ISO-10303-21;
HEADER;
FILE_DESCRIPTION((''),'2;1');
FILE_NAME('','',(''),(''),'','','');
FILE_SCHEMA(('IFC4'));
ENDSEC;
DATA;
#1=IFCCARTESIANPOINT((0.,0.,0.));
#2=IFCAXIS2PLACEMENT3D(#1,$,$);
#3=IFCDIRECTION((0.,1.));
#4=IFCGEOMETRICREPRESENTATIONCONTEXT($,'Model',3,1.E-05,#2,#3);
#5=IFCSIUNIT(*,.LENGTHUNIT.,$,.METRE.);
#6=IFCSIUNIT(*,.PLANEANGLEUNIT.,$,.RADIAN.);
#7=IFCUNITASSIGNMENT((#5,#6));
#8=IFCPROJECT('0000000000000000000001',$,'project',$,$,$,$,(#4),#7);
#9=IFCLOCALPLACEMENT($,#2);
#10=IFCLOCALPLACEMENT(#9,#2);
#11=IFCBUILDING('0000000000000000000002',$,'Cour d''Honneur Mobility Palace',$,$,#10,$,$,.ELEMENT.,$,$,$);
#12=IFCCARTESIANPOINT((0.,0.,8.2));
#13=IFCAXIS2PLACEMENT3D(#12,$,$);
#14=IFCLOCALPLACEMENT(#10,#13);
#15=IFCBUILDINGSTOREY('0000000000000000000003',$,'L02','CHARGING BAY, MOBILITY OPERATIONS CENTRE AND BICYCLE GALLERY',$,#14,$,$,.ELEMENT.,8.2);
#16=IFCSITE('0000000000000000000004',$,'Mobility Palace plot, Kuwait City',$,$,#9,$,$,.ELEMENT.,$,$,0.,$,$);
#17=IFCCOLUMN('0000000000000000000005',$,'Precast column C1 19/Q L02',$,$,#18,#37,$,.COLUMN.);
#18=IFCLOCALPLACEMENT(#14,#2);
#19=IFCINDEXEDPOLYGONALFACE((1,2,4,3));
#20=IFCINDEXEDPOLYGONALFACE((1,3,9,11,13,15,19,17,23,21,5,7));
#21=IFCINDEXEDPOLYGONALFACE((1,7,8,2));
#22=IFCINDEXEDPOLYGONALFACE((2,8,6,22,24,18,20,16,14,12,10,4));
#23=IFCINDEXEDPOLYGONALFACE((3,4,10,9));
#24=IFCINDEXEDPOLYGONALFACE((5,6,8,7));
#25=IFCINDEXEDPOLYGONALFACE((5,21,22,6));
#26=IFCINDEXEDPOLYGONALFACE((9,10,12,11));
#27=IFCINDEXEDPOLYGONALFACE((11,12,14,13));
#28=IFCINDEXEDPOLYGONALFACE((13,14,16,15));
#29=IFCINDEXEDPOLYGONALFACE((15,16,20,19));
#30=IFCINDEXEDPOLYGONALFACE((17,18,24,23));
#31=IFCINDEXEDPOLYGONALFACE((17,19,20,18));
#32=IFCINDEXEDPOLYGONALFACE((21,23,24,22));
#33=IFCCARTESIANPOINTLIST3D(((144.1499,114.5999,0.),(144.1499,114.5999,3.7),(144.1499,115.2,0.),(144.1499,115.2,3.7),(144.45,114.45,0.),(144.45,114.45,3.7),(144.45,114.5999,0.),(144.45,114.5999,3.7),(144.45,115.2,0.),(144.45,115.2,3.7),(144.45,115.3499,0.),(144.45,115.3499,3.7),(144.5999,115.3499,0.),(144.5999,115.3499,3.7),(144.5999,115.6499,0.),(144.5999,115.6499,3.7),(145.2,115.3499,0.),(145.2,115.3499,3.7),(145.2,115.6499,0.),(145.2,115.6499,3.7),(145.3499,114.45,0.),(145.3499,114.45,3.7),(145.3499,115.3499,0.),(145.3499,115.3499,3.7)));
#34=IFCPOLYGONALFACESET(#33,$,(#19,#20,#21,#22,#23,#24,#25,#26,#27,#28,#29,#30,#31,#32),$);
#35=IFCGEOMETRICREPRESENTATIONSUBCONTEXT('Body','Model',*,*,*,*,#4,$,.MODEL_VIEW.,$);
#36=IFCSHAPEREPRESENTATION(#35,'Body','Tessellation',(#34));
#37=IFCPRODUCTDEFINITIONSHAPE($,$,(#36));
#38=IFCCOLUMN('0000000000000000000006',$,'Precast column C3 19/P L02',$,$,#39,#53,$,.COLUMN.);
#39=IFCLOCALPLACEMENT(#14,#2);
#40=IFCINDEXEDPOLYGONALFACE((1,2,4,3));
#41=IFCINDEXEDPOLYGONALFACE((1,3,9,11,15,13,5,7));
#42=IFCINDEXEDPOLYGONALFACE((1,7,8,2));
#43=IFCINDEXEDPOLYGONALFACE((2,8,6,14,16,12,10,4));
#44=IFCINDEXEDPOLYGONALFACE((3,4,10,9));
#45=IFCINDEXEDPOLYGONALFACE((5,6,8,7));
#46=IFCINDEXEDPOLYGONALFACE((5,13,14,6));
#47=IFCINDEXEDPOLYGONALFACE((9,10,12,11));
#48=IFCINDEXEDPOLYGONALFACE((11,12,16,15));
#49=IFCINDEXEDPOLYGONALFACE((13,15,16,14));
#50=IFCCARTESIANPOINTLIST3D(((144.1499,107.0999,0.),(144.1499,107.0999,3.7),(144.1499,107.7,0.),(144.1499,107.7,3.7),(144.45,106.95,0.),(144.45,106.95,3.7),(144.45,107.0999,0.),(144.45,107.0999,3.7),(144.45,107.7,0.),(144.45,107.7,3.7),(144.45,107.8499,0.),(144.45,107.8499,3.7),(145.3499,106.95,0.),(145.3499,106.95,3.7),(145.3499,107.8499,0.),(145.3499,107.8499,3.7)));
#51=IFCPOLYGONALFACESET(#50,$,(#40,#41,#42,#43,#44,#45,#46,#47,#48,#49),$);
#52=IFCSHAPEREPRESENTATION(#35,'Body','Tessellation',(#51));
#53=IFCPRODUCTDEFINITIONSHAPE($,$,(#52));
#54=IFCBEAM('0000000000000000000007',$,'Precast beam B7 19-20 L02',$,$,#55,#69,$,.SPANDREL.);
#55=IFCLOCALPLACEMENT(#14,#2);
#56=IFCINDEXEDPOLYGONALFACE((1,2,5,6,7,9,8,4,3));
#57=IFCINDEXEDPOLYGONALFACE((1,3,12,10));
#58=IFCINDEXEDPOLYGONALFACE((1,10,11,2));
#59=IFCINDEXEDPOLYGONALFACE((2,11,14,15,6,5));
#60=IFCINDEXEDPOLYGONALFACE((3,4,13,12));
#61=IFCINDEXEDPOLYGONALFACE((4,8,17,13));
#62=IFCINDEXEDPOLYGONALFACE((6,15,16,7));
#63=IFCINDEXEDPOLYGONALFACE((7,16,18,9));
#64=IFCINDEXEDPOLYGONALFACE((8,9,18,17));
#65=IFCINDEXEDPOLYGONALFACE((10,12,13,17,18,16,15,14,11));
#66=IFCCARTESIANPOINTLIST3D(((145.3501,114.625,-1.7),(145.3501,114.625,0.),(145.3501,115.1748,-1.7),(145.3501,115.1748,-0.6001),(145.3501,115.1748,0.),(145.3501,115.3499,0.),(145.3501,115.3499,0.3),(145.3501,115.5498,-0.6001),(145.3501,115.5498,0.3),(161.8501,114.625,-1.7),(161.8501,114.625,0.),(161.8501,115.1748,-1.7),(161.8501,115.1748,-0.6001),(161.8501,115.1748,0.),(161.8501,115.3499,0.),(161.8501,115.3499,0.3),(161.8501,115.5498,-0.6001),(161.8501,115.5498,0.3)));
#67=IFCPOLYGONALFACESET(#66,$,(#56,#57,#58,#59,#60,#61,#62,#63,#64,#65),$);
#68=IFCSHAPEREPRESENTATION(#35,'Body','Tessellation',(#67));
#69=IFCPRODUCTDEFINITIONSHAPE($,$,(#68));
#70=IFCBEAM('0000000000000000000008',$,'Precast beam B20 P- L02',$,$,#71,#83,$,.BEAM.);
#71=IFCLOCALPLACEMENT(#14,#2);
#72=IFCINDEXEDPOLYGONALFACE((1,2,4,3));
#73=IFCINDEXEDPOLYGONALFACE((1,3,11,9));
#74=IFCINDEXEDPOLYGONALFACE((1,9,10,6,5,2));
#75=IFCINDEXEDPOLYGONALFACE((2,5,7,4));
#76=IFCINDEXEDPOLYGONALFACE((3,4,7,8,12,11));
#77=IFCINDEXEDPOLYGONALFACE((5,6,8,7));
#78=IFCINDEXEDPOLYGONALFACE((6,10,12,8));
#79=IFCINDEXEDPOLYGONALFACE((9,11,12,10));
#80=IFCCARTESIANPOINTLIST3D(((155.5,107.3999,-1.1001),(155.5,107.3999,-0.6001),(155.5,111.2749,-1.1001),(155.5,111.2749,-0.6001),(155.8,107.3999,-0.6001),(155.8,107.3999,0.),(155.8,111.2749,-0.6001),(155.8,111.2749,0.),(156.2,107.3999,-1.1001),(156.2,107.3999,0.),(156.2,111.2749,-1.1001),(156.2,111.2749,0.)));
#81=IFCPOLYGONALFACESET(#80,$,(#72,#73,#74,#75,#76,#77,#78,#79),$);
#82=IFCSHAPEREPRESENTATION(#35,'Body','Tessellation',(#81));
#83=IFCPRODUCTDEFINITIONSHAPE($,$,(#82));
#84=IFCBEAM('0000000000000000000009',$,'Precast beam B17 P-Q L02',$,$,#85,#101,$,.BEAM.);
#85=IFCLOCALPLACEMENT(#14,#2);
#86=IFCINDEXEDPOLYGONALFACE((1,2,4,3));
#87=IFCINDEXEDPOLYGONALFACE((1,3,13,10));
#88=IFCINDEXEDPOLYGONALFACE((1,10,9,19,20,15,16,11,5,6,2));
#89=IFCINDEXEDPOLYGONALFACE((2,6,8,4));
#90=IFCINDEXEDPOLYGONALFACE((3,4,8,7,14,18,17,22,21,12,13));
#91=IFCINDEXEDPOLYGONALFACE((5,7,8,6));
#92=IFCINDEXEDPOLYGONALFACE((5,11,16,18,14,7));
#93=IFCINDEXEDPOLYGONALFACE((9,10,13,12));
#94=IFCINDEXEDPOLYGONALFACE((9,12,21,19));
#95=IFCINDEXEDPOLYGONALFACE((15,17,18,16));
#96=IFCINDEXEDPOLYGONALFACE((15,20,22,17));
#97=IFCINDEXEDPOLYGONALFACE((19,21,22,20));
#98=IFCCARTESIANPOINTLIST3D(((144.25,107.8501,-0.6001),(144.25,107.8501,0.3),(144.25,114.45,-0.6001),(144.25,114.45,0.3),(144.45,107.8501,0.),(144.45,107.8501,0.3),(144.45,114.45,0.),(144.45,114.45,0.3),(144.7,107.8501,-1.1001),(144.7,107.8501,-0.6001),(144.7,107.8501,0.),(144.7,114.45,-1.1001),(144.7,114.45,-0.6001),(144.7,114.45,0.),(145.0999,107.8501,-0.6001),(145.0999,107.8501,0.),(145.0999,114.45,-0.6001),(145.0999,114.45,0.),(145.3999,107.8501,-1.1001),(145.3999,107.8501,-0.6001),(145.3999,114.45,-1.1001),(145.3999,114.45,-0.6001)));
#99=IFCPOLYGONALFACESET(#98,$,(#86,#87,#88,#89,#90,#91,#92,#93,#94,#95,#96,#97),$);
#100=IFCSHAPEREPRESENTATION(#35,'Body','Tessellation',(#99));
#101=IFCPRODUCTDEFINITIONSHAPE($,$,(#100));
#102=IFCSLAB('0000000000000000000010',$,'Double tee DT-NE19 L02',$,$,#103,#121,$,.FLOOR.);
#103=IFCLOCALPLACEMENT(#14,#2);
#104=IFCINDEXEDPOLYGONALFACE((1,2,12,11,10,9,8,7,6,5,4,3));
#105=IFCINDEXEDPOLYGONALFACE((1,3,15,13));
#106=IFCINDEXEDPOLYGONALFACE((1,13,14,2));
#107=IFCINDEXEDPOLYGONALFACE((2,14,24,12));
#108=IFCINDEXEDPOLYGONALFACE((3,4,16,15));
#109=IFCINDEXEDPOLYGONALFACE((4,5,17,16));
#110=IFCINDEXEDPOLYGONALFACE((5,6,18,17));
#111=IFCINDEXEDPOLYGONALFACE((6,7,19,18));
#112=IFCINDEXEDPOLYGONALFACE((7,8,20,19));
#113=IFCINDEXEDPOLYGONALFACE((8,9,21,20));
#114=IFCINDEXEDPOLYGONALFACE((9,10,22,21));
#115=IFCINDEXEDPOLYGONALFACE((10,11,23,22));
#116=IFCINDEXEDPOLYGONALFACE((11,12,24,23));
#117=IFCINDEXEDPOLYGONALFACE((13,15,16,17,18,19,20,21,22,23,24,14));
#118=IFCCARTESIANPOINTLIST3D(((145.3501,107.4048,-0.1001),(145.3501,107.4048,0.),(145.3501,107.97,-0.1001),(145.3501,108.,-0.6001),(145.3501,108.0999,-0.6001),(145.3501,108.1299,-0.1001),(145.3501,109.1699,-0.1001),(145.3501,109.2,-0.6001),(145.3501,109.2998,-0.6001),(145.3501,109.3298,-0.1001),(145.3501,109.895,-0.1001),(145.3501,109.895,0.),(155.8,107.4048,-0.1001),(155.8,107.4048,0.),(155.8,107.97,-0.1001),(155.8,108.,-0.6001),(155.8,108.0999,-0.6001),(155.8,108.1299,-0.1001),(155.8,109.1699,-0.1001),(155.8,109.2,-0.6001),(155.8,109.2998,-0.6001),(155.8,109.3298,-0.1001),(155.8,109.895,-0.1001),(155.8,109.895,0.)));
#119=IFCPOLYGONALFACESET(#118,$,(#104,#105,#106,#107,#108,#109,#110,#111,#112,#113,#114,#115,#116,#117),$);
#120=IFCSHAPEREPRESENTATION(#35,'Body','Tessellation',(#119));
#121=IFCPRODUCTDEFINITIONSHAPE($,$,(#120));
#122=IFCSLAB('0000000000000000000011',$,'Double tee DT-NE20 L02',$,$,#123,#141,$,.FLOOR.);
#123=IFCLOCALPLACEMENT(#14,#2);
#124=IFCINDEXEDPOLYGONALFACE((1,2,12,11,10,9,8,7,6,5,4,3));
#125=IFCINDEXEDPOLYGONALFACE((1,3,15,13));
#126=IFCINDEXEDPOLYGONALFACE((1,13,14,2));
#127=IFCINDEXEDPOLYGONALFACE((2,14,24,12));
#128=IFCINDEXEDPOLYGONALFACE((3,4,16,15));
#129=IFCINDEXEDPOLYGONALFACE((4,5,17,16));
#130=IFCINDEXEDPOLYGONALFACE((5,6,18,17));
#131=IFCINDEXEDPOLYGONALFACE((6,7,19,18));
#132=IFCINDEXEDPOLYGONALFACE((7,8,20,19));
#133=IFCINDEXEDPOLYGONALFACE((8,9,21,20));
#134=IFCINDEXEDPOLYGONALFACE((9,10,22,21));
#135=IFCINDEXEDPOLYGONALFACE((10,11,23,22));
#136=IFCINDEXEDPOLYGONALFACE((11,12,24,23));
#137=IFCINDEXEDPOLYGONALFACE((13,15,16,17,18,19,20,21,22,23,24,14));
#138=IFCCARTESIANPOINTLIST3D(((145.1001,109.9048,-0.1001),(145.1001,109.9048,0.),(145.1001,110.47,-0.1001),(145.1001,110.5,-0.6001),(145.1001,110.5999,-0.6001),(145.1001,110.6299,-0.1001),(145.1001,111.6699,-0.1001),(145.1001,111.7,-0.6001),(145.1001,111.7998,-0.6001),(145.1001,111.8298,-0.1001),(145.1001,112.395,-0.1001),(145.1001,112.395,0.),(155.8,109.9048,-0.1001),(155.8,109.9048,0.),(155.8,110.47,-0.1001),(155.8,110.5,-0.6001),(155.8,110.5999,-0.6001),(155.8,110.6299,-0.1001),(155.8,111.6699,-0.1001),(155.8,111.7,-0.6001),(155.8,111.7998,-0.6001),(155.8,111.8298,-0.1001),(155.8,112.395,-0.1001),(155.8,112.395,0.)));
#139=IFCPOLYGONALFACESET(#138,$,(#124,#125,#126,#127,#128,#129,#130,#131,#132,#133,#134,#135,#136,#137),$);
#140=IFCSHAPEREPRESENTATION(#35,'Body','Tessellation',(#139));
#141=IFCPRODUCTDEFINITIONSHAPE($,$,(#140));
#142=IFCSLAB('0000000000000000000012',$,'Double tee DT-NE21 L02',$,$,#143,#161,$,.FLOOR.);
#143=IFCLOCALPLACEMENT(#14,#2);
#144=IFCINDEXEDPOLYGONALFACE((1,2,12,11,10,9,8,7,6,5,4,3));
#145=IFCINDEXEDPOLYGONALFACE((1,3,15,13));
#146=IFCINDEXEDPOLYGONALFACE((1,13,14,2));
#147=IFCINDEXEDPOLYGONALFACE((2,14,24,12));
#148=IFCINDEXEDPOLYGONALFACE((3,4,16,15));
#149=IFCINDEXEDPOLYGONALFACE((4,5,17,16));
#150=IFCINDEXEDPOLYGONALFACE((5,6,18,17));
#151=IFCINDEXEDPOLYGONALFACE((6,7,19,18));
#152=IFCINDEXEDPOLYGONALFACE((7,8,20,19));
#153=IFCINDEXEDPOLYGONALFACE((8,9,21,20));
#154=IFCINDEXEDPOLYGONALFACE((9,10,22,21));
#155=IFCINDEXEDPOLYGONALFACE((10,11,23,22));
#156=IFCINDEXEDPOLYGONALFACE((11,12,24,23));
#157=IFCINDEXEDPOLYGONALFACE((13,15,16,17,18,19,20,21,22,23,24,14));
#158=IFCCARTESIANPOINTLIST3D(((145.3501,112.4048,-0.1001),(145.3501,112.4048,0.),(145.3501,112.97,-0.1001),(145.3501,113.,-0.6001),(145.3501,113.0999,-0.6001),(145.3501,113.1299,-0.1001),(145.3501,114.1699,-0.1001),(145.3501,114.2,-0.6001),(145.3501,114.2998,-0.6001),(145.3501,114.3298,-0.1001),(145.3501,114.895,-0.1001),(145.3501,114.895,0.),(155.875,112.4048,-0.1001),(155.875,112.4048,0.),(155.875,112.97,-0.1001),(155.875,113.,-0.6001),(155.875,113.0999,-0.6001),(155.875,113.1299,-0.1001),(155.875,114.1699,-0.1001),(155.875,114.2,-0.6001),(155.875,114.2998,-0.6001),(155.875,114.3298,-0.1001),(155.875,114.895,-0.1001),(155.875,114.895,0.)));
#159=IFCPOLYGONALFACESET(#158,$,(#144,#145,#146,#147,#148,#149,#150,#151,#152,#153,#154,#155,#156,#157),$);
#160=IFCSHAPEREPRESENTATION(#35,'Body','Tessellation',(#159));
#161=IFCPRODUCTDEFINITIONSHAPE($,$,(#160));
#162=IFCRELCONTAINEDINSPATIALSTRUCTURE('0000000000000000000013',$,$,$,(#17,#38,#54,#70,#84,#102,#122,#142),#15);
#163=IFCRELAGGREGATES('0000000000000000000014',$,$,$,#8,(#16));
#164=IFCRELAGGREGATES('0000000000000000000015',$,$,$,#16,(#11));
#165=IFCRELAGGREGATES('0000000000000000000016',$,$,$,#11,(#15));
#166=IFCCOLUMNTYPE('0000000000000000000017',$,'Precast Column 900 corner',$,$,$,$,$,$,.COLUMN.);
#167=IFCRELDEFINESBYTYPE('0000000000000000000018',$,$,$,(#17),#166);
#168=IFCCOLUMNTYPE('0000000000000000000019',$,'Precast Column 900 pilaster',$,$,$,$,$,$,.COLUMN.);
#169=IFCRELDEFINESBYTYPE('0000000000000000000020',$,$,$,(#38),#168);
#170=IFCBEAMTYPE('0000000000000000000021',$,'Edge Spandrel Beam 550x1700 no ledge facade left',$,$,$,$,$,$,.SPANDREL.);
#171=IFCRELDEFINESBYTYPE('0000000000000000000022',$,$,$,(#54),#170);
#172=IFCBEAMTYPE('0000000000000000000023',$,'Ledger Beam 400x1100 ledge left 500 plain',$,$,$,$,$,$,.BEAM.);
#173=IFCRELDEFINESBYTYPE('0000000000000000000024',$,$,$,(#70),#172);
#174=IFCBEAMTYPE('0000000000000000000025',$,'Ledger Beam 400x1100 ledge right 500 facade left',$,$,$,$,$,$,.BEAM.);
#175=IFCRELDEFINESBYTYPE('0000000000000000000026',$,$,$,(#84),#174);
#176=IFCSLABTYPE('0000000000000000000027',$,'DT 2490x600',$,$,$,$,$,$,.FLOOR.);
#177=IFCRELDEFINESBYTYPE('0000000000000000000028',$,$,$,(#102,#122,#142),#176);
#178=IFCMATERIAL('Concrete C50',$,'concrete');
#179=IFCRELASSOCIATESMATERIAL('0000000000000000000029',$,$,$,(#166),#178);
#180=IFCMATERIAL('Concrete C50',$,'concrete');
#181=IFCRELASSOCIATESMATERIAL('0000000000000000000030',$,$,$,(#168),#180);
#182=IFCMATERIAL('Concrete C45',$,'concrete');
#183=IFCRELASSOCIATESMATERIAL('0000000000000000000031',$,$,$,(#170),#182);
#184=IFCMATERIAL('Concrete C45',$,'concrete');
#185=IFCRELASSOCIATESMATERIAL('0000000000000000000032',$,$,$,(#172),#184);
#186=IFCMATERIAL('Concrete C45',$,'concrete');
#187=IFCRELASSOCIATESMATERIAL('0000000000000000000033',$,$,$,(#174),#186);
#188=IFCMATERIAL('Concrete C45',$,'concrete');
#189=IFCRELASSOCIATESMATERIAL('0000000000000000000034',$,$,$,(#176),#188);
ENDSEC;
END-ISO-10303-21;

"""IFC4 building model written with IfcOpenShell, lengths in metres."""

from ifc_helpers import new_model, si_unit, direction, frame, origin, place, context, subcontext, project, spatial, polyline, outline, extrude, material, material_profile, profile_set, type_object, element, save


model = new_model("IFC4")

# Units and contexts
model_context = context("Model", 3, precision=1e-05, world=origin(), true_north=direction((0.0, 1.0)))
body_context = subcontext(model_context, "Body", "Model", "MODEL_VIEW")
ifc_project = project(units=[si_unit("LENGTHUNIT", "METRE"), si_unit("PLANEANGLEUNIT", "RADIAN")], contexts=[model_context])

# Site, building, storey
site_placement = place(None, origin())
site = spatial("IfcSite", under=ifc_project, at=site_placement, Name="Mobility Palace plot, Kuwait City", CompositionType="ELEMENT", RefElevation=0.0)
building_placement = place(site_placement, origin())
building = spatial("IfcBuilding", under=site, at=building_placement, Name="Cour d'Honneur Mobility Palace", CompositionType="ELEMENT")
storey_placement = place(building_placement, frame((0.0, 0.0, 8.2)))
storey = spatial("IfcBuildingStorey", under=building, at=storey_placement, Name="L02", Description="CHARGING BAY, MOBILITY OPERATIONS CENTRE AND BICYCLE GALLERY", CompositionType="ELEMENT", Elevation=8.2)

# Columns
ifc_material_1 = material(Name="Concrete C50", Category="concrete")
ifc_material_profile_1 = material_profile(ifc_material_1, outline(polyline([(-0.45, -0.45), (0.45, -0.45), (0.45, -0.3), (0.75, -0.3), (0.75, 0.3), (0.45, 0.3), (0.45, 0.45), (0.3, 0.45), (0.3, 0.75), (-0.3, 0.75), (-0.3, 0.45), (-0.45, 0.45), (-0.45, -0.45)])), Name="PC C900 corner")
ifc_profile_set_1 = profile_set([ifc_material_profile_1], Name="Concrete C50")
column_type_1 = type_object("IfcColumnType", Name="Precast Column 900 corner", PredefinedType="COLUMN", material=ifc_profile_set_1)
column_1_placement = place(storey_placement, frame((144.8999, 114.8999, 0.0), z_axis=(0.0, 0.0, 1.0), x_axis=(0.0, 1.0, 0.0)))
element("IfcColumn", 1, at=column_1_placement, inside=storey, type_object=column_type_1, Name="Precast column C1 19/Q L02", PredefinedType="COLUMN", context=body_context, shape_type="SweptSolid", body=[
    extrude(outline(polyline([(-0.45, -0.45), (0.45, -0.45), (0.45, -0.3), (0.75, -0.3), (0.75, 0.3), (0.45, 0.3), (0.45, 0.45), (0.3, 0.45), (0.3, 0.75), (-0.3, 0.75), (-0.3, 0.45), (-0.45, 0.45), (-0.45, -0.45)])), origin(), (0.0, 0.0, 1.0), 3.7),
])
ifc_material_2 = material(Name="Concrete C50", Category="concrete")
ifc_material_profile_2 = material_profile(ifc_material_2, outline(polyline([(-0.45, -0.45), (0.45, -0.45), (0.45, -0.3), (0.75, -0.3), (0.75, 0.3), (0.45, 0.3), (0.45, 0.45), (-0.45, 0.45), (-0.45, -0.45)])), Name="PC C900 pilaster")
ifc_profile_set_2 = profile_set([ifc_material_profile_2], Name="Concrete C50")
column_type_2 = type_object("IfcColumnType", Name="Precast Column 900 pilaster", PredefinedType="COLUMN", material=ifc_profile_set_2)
column_2_placement = place(storey_placement, frame((144.8999, 107.3999, 0.0), z_axis=(0.0, 0.0, 1.0), x_axis=(-1.0, 0.0, 0.0)))
element("IfcColumn", 2, at=column_2_placement, inside=storey, type_object=column_type_2, Name="Precast column C3 19/P L02", PredefinedType="COLUMN", context=body_context, shape_type="SweptSolid", body=[
    extrude(outline(polyline([(-0.45, -0.45), (0.45, -0.45), (0.45, -0.3), (0.75, -0.3), (0.75, 0.3), (0.45, 0.3), (0.45, 0.45), (-0.45, 0.45), (-0.45, -0.45)])), origin(), (0.0, 0.0, 1.0), 3.7),
])

# Beams
ifc_material_3 = material(Name="Concrete C45", Category="concrete")
ifc_material_profile_3 = material_profile(ifc_material_3, outline(polyline([(0.2749, -1.7), (0.2749, -0.6001), (0.6499, -0.6001), (0.6499, 0.3), (0.45, 0.3), (0.45, 0.0), (0.2749, 0.0), (-0.2749, 0.0), (-0.2749, -1.7), (0.2749, -1.7)])), Name="Edge Spandrel Beam 550x1700 no ledge facade left")
ifc_profile_set_3 = profile_set([ifc_material_profile_3], Name="Concrete C45")
beam_type_1 = type_object("IfcBeamType", Name="Edge Spandrel Beam 550x1700 no ledge facade left", PredefinedType="SPANDREL", material=ifc_profile_set_3)
beam_1_placement = place(storey_placement, frame((145.3501, 114.8999, 0.0), z_axis=(1.0, 0.0, 0.0), x_axis=(0.0, 1.0, 0.0)))
element("IfcBeam", 3, at=beam_1_placement, inside=storey, type_object=beam_type_1, Name="Precast beam B7 19-20 L02", PredefinedType="SPANDREL", context=body_context, shape_type="SweptSolid", body=[
    extrude(outline(polyline([(0.2749, -1.7), (0.2749, -0.6001), (0.6499, -0.6001), (0.6499, 0.3), (0.45, 0.3), (0.45, 0.0), (0.2749, 0.0), (-0.2749, 0.0), (-0.2749, -1.7), (0.2749, -1.7)])), origin(), (0.0, 0.0, 1.0), 16.5),
])
ifc_material_4 = material(Name="Concrete C45", Category="concrete")
ifc_material_profile_4 = material_profile(ifc_material_4, outline(polyline([(0.5, -1.1001), (0.5, -0.6001), (0.2, -0.6001), (0.2, 0.0), (-0.2, 0.0), (-0.2, -1.1001), (0.5, -1.1001)])), Name="Ledger Beam 400x1100 ledge left 500 plain")
ifc_profile_set_4 = profile_set([ifc_material_profile_4], Name="Concrete C45")
beam_type_2 = type_object("IfcBeamType", Name="Ledger Beam 400x1100 ledge left 500 plain", PredefinedType="BEAM", material=ifc_profile_set_4)
beam_2_placement = place(storey_placement, frame((156.0, 107.3999, 0.0), z_axis=(0.0, 1.0, 0.0), x_axis=(-1.0, 0.0, 0.0)))
element("IfcBeam", 4, at=beam_2_placement, inside=storey, type_object=beam_type_2, Name="Precast beam B20 P- L02", PredefinedType="BEAM", context=body_context, shape_type="SweptSolid", body=[
    extrude(outline(polyline([(0.5, -1.1001), (0.5, -0.6001), (0.2, -0.6001), (0.2, 0.0), (-0.2, 0.0), (-0.2, -1.1001), (0.5, -1.1001)])), origin(), (0.0, 0.0, 1.0), 3.875),
])
ifc_material_5 = material(Name="Concrete C45", Category="concrete")
ifc_material_profile_5 = material_profile(ifc_material_5, outline(polyline([(0.2, -1.1001), (0.2, -0.6001), (0.6499, -0.6001), (0.6499, 0.3), (0.45, 0.3), (0.45, 0.0), (0.2, 0.0), (-0.2, 0.0), (-0.2, -0.6001), (-0.5, -0.6001), (-0.5, -1.1001), (0.2, -1.1001)])), Name="Ledger Beam 400x1100 ledge right 500 facade left")
ifc_profile_set_5 = profile_set([ifc_material_profile_5], Name="Concrete C45")
beam_type_3 = type_object("IfcBeamType", Name="Ledger Beam 400x1100 ledge right 500 facade left", PredefinedType="BEAM", material=ifc_profile_set_5)
beam_3_placement = place(storey_placement, frame((144.8999, 107.8501, 0.0), z_axis=(0.0, 1.0, 0.0), x_axis=(-1.0, 0.0, 0.0)))
element("IfcBeam", 5, at=beam_3_placement, inside=storey, type_object=beam_type_3, Name="Precast beam B17 P-Q L02", PredefinedType="BEAM", context=body_context, shape_type="SweptSolid", body=[
    extrude(outline(polyline([(0.2, -1.1001), (0.2, -0.6001), (0.6499, -0.6001), (0.6499, 0.3), (0.45, 0.3), (0.45, 0.0), (0.2, 0.0), (-0.2, 0.0), (-0.2, -0.6001), (-0.5, -0.6001), (-0.5, -1.1001), (0.2, -1.1001)])), origin(), (0.0, 0.0, 1.0), 6.5999),
])

# Slabs
ifc_material_6 = material(Name="Concrete C45", Category="concrete")
ifc_material_profile_6 = material_profile(ifc_material_6, outline(polyline([(-1.2451, 0.0), (1.2451, 0.0), (1.2451, -0.1001), (0.6799, -0.1001), (0.6499, -0.6001), (0.55, -0.6001), (0.52, -0.1001), (-0.52, -0.1001), (-0.55, -0.6001), (-0.6499, -0.6001), (-0.6799, -0.1001), (-1.2451, -0.1001), (-1.2451, 0.0)])), Name="DT 2490x600")
ifc_profile_set_6 = profile_set([ifc_material_profile_6], Name="Concrete C45")
slab_type_1 = type_object("IfcSlabType", Name="DT 2490x600", PredefinedType="FLOOR", material=ifc_profile_set_6)
slab_1_placement = place(storey_placement, frame((145.3501, 108.6499, 0.0), z_axis=(1.0, 0.0, 0.0), x_axis=(0.0, 1.0, 0.0)))
element("IfcSlab", 6, at=slab_1_placement, inside=storey, type_object=slab_type_1, Name="Double tee DT-NE19 L02", PredefinedType="FLOOR", context=body_context, shape_type="SweptSolid", body=[
    extrude(outline(polyline([(-1.2451, 0.0), (1.2451, 0.0), (1.2451, -0.1001), (0.6799, -0.1001), (0.6499, -0.6001), (0.55, -0.6001), (0.52, -0.1001), (-0.52, -0.1001), (-0.55, -0.6001), (-0.6499, -0.6001), (-0.6799, -0.1001), (-1.2451, -0.1001), (-1.2451, 0.0)])), origin(), (0.0, 0.0, 1.0), 10.45),
])
slab_2_placement = place(storey_placement, frame((145.1001, 111.1499, 0.0), z_axis=(1.0, 0.0, 0.0), x_axis=(0.0, 1.0, 0.0)))
element("IfcSlab", 7, at=slab_2_placement, inside=storey, type_object=slab_type_1, Name="Double tee DT-NE20 L02", PredefinedType="FLOOR", context=body_context, shape_type="SweptSolid", body=[
    extrude(outline(polyline([(-1.2451, 0.0), (1.2451, 0.0), (1.2451, -0.1001), (0.6799, -0.1001), (0.6499, -0.6001), (0.55, -0.6001), (0.52, -0.1001), (-0.52, -0.1001), (-0.55, -0.6001), (-0.6499, -0.6001), (-0.6799, -0.1001), (-1.2451, -0.1001), (-1.2451, 0.0)])), origin(), (0.0, 0.0, 1.0), 10.7),
])
slab_3_placement = place(storey_placement, frame((145.3501, 113.6499, 0.0), z_axis=(1.0, 0.0, 0.0), x_axis=(0.0, 1.0, 0.0)))
element("IfcSlab", 8, at=slab_3_placement, inside=storey, type_object=slab_type_1, Name="Double tee DT-NE21 L02", PredefinedType="FLOOR", context=body_context, shape_type="SweptSolid", body=[
    extrude(outline(polyline([(-1.2451, 0.0), (1.2451, 0.0), (1.2451, -0.1001), (0.6799, -0.1001), (0.6499, -0.6001), (0.55, -0.6001), (0.52, -0.1001), (-0.52, -0.1001), (-0.55, -0.6001), (-0.6499, -0.6001), (-0.6799, -0.1001), (-1.2451, -0.1001), (-1.2451, 0.0)])), origin(), (0.0, 0.0, 1.0), 10.5249),
])

save(model, "model.ifc")
